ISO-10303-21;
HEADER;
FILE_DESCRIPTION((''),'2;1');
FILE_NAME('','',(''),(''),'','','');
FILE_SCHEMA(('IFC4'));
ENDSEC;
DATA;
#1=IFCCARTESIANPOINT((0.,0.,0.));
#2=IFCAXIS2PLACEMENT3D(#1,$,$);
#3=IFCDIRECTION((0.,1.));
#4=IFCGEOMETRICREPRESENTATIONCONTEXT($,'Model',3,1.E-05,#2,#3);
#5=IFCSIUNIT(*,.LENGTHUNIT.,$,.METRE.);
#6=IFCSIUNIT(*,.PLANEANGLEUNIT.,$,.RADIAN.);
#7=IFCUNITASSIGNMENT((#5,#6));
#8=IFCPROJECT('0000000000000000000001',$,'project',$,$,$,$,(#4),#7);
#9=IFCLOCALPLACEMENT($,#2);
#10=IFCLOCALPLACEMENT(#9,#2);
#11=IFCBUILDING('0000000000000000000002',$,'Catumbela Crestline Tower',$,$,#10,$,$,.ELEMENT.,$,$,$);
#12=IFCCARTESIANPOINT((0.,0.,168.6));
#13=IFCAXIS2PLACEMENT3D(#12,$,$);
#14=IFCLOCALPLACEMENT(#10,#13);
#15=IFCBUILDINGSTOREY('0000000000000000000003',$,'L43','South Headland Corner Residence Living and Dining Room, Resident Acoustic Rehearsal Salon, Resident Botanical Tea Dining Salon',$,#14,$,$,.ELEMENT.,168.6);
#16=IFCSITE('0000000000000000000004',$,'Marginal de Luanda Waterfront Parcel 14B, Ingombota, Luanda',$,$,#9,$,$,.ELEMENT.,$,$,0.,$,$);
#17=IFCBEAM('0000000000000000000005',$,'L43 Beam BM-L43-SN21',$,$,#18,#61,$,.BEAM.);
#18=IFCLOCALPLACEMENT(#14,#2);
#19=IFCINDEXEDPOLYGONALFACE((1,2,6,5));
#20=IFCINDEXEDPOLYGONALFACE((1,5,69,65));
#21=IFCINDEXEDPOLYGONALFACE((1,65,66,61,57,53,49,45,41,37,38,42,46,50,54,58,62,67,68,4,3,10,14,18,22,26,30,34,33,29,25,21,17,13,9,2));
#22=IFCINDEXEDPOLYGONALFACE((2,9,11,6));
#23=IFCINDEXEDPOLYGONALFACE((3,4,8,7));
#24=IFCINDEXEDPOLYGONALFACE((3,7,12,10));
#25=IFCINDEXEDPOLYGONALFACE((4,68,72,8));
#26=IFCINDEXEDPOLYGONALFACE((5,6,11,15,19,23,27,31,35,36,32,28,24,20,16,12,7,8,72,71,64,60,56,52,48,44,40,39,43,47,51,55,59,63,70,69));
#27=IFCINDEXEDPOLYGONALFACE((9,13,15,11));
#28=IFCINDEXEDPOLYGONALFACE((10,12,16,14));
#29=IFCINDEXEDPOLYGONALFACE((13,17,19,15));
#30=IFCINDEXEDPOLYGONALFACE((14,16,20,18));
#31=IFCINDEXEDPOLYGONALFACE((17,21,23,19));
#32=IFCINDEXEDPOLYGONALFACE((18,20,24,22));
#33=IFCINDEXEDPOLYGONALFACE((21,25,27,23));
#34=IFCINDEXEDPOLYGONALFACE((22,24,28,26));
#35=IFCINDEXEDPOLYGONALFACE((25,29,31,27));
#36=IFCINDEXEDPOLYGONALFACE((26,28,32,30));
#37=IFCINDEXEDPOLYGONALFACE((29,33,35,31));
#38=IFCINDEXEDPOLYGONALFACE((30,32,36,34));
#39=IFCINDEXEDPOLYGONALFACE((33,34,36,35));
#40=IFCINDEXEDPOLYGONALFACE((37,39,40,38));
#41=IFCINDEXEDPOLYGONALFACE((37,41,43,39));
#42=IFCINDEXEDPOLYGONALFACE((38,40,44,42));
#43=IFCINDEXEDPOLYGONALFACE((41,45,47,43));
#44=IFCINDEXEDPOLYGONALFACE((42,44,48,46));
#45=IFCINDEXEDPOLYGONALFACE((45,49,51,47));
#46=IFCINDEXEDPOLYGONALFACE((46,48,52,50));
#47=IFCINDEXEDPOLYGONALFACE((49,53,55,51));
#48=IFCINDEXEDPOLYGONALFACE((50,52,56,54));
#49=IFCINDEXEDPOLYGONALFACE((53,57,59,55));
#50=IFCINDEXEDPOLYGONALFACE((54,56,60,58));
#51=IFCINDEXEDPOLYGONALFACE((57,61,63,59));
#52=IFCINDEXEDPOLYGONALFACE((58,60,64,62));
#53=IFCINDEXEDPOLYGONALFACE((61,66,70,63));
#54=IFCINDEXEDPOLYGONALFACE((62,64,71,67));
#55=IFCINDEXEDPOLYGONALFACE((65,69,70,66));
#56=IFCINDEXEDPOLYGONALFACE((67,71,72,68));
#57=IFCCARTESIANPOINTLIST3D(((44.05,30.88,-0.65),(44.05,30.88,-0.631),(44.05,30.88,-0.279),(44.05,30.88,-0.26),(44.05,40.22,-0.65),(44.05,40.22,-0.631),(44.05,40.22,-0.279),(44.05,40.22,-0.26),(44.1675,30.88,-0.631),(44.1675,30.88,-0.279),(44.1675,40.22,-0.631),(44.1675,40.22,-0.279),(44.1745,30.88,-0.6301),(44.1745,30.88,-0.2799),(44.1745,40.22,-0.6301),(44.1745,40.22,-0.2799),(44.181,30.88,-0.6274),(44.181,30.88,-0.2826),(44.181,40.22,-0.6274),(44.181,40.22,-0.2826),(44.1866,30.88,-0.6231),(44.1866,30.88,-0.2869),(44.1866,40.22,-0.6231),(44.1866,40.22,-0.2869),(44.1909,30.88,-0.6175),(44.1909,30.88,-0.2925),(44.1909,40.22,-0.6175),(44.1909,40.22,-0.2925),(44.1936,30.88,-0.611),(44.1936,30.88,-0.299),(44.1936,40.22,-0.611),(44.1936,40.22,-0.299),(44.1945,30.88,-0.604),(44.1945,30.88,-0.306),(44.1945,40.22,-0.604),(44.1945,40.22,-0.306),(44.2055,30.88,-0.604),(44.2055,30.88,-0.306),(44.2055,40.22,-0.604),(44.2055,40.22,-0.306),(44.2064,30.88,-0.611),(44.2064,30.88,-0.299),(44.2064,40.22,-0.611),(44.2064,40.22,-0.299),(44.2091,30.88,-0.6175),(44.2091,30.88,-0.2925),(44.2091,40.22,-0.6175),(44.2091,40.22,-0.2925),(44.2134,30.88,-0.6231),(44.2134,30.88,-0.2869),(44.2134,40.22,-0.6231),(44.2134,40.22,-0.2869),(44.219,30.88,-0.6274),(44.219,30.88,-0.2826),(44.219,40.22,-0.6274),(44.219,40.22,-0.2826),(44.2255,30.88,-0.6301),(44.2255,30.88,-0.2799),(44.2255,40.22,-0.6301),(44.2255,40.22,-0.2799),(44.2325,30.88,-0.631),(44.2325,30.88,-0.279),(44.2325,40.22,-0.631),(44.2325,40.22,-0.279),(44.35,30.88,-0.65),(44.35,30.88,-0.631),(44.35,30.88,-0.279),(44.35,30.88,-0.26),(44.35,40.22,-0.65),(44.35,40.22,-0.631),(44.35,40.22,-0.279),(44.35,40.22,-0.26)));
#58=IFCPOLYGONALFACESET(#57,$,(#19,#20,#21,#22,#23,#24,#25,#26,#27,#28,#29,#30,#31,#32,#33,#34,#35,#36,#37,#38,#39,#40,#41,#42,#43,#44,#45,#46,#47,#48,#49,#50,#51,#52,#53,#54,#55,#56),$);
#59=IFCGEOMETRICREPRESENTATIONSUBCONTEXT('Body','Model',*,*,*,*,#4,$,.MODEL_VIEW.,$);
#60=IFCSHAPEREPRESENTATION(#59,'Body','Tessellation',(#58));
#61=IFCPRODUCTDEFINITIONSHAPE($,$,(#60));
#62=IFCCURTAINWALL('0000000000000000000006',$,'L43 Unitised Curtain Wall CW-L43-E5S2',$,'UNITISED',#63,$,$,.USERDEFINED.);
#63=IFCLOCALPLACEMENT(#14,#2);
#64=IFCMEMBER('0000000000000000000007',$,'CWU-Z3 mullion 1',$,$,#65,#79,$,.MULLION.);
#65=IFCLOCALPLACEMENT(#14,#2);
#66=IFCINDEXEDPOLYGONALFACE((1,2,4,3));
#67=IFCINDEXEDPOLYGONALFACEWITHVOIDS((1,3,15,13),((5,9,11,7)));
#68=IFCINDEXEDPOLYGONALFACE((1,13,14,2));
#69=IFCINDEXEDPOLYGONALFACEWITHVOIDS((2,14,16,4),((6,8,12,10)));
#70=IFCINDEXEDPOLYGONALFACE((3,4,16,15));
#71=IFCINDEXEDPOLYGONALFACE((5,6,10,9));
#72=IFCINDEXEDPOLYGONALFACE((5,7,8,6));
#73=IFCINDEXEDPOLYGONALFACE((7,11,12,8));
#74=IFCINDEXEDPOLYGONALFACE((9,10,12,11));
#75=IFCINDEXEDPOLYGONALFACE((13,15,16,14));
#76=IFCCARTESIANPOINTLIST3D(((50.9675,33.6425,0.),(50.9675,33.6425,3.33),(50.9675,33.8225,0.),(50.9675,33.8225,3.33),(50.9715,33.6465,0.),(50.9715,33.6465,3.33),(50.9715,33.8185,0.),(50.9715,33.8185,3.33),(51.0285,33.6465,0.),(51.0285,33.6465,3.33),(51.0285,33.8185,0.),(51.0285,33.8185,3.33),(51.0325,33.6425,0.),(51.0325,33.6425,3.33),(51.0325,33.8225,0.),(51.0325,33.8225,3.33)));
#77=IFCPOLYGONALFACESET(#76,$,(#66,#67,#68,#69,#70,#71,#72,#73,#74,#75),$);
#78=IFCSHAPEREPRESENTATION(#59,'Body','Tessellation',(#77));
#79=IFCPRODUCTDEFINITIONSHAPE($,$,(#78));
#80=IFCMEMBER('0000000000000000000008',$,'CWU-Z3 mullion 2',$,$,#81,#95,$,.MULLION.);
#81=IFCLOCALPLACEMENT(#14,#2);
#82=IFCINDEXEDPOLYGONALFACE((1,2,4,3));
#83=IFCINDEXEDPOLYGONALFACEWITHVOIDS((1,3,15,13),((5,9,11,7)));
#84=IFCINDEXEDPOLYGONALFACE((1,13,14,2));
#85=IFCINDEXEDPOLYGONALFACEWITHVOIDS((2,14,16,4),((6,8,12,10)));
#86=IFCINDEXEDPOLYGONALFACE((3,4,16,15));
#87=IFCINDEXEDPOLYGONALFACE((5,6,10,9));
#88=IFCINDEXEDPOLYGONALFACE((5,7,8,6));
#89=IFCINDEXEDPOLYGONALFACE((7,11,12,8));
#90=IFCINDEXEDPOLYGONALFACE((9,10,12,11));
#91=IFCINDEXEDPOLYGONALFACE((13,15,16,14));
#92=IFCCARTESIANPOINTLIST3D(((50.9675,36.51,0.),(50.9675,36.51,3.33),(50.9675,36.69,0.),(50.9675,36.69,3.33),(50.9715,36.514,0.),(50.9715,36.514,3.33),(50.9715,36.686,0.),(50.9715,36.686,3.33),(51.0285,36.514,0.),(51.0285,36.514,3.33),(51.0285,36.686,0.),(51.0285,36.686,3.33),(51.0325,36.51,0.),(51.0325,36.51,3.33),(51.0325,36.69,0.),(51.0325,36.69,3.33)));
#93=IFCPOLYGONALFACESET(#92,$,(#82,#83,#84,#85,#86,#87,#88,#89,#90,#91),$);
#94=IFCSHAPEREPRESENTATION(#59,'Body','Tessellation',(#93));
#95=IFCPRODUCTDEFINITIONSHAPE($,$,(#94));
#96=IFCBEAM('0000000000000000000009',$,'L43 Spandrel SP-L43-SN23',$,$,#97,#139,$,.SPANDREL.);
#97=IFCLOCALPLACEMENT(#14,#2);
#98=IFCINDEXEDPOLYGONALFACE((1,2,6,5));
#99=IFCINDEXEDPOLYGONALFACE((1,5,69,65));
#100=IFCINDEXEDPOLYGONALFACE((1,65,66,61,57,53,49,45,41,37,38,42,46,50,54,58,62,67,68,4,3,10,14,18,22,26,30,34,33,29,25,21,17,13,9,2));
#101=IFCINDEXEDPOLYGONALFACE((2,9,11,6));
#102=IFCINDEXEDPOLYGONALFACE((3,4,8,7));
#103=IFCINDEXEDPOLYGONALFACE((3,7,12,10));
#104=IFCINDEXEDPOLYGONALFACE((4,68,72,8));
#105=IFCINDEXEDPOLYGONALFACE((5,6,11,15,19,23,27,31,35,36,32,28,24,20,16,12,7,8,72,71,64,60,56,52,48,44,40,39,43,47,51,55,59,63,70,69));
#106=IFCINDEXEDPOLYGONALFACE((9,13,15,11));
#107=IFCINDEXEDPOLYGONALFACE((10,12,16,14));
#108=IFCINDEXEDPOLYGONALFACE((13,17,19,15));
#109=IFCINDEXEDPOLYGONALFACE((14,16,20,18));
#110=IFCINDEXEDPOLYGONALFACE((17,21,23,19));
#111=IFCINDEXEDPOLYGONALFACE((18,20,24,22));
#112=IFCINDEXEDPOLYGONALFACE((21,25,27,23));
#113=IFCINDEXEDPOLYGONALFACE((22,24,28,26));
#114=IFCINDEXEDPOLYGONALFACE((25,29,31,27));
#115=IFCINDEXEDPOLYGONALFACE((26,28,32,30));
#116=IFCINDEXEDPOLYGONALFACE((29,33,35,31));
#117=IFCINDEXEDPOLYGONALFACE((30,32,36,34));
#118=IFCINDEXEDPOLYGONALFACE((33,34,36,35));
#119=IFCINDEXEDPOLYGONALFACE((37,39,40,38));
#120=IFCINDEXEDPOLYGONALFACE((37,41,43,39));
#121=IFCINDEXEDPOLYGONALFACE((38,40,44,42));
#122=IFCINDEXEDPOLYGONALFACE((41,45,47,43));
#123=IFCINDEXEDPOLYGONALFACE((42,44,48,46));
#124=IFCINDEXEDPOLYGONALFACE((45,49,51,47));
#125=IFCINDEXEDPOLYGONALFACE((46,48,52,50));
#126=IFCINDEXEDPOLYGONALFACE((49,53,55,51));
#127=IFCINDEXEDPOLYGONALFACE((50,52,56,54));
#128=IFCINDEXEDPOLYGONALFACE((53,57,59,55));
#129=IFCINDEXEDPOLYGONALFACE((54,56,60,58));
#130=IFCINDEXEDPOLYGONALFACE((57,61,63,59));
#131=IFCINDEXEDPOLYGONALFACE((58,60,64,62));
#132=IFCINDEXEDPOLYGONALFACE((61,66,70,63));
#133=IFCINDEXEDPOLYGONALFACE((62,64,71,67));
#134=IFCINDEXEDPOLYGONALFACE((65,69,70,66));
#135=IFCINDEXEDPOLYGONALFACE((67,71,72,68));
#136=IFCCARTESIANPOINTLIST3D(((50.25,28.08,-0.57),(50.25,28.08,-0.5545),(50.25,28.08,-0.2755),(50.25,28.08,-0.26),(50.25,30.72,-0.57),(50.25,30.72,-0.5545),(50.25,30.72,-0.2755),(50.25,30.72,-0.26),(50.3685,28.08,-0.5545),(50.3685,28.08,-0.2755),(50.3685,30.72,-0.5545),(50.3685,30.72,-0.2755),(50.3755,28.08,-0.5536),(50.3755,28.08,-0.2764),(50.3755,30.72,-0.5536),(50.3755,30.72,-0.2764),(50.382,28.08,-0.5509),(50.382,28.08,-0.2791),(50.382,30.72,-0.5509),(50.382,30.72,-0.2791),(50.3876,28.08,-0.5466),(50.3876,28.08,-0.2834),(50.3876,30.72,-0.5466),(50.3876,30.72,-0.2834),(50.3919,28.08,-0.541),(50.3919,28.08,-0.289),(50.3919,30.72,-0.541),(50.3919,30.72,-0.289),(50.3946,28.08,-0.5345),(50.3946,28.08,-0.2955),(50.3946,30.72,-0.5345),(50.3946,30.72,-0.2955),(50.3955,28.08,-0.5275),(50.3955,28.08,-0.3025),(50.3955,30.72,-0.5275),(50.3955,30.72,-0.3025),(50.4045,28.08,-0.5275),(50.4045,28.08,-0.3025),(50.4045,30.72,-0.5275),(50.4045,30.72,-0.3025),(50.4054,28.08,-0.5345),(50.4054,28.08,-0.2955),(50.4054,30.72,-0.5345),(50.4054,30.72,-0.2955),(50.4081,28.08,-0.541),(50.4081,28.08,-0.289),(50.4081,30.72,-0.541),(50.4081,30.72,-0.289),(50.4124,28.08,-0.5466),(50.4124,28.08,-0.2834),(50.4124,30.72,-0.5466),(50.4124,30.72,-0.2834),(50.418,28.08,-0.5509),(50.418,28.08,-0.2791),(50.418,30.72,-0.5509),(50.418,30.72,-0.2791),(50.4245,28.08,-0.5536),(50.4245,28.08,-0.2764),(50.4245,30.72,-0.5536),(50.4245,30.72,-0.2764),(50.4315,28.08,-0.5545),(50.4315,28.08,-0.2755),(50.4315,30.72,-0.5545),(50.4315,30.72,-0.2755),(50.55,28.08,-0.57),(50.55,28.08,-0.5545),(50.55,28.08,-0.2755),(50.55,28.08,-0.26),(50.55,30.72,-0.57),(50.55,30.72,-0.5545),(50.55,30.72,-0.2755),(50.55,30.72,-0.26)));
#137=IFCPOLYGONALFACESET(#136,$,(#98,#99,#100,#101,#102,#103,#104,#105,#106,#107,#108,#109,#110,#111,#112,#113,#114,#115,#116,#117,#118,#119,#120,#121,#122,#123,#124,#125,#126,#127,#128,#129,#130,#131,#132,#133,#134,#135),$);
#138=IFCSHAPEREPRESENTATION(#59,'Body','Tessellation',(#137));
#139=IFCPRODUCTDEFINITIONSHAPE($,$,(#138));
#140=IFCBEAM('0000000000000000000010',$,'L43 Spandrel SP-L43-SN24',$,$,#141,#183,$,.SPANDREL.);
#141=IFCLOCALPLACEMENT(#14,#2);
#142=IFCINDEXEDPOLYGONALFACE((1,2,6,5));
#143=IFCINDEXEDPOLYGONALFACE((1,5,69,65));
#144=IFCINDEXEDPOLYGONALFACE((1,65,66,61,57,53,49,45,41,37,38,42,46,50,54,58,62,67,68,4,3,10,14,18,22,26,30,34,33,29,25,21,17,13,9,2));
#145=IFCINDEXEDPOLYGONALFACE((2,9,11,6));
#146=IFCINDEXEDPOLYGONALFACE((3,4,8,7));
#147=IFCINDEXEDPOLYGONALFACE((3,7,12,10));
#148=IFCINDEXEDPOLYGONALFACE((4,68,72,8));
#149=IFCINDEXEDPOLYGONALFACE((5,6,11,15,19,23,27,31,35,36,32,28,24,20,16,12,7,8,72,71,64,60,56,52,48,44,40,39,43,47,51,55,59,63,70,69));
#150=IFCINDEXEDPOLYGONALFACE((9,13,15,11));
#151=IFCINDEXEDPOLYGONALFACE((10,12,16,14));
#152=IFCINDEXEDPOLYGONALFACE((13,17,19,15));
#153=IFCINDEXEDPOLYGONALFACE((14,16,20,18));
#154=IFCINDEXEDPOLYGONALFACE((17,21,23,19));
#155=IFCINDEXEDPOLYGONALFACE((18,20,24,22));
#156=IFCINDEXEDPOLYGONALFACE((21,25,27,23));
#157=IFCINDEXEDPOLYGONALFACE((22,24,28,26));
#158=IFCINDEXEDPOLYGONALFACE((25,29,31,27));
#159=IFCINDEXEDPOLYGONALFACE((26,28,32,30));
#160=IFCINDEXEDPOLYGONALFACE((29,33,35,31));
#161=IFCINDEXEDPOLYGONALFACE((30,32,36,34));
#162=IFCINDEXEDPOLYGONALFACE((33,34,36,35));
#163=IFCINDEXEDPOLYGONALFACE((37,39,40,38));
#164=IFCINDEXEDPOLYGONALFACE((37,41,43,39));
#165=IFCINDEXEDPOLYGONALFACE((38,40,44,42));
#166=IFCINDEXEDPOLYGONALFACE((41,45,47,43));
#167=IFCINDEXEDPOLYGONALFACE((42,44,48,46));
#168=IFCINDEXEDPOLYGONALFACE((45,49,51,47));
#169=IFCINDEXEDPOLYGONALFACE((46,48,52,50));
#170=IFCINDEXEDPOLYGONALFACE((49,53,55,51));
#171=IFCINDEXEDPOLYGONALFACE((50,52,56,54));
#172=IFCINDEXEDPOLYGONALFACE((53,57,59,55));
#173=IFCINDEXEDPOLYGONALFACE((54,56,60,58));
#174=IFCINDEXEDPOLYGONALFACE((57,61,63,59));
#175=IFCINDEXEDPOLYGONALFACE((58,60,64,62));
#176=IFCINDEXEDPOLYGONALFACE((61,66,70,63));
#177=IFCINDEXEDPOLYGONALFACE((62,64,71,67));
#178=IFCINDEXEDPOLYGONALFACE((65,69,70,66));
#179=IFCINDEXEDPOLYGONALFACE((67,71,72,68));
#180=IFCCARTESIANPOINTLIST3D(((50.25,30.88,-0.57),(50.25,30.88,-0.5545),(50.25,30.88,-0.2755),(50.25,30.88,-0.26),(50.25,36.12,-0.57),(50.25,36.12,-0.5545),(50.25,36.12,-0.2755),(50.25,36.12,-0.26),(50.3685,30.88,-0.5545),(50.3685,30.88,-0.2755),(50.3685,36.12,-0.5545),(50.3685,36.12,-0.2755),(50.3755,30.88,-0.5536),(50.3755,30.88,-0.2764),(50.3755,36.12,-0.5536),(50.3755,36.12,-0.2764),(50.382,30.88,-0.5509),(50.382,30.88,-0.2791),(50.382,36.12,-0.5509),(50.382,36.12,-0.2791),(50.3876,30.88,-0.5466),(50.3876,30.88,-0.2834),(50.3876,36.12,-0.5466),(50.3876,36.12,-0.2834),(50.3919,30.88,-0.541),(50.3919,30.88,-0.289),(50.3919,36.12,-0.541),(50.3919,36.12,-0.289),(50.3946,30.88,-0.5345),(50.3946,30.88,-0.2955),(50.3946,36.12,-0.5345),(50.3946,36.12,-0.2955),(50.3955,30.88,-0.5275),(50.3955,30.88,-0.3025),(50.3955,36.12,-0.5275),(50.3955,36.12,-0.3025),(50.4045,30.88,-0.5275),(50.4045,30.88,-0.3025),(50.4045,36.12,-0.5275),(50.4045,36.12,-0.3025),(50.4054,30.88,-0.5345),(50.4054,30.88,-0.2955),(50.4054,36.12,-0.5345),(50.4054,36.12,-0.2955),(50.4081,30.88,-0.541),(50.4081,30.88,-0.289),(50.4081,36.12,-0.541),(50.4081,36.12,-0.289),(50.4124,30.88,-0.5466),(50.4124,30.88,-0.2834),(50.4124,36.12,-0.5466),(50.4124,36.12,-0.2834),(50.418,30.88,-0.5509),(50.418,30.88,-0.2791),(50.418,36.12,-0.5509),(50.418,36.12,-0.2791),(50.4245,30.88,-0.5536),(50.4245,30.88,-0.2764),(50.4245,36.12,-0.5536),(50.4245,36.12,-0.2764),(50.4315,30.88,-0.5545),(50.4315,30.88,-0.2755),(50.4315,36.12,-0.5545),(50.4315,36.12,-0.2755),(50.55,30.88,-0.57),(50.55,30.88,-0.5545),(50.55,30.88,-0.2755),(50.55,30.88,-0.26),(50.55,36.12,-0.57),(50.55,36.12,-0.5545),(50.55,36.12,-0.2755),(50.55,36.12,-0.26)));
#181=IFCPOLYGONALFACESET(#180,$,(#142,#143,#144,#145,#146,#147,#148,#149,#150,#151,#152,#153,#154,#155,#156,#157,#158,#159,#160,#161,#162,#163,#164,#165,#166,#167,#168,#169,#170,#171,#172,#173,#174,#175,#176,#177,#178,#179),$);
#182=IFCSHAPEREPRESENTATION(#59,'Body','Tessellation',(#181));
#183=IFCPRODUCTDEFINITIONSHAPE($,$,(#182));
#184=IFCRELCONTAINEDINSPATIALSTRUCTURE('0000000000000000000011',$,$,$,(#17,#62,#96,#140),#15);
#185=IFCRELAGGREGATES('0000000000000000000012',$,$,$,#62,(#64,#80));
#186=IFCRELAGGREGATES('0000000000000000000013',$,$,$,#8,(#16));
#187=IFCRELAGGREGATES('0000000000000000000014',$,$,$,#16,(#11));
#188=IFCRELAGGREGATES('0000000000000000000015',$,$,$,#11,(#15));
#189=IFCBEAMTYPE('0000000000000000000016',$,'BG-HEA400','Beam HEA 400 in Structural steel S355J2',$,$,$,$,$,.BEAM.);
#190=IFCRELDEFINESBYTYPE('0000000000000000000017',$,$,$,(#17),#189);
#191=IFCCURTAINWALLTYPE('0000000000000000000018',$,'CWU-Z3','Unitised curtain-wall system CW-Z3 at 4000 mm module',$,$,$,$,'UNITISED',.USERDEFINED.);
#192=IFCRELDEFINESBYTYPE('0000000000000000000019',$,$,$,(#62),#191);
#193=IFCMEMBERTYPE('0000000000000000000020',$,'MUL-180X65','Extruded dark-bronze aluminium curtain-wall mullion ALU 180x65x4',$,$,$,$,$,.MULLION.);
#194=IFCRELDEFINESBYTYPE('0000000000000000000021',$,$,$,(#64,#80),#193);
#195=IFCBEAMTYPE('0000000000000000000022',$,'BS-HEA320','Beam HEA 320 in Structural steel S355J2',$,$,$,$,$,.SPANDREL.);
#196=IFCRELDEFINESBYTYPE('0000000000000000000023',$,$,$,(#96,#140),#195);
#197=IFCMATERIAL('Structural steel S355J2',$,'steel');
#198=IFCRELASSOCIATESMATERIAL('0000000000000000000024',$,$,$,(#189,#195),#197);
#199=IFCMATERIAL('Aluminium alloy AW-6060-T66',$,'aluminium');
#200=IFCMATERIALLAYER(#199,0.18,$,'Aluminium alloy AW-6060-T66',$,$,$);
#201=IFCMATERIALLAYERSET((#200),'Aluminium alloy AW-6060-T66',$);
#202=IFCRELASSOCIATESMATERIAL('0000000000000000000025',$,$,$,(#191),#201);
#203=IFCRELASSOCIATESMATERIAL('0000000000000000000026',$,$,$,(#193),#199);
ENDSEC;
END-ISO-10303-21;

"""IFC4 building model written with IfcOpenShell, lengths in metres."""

from ifc_helpers import new_model, si_unit, direction, frame, origin, origin_2d, place, context, subcontext, project, spatial, hollow_rectangle, i_section, extrude, material, layer, layer_set, material_profile, profile_set, type_object, element, aggregate, save


model = new_model("IFC4")

# Units and contexts
model_context = context("Model", 3, precision=1e-05, world=origin(), true_north=direction((0.0, 1.0)))
body_context = subcontext(model_context, "Body", "Model", "MODEL_VIEW")
ifc_project = project(units=[si_unit("LENGTHUNIT", "METRE"), si_unit("PLANEANGLEUNIT", "RADIAN")], contexts=[model_context])

# Site, building, storey
site_placement = place(None, origin())
site = spatial("IfcSite", under=ifc_project, at=site_placement, Name="Marginal de Luanda Waterfront Parcel 14B, Ingombota, Luanda", CompositionType="ELEMENT", RefElevation=0.0)
building_placement = place(site_placement, origin())
building = spatial("IfcBuilding", under=site, at=building_placement, Name="Catumbela Crestline Tower", CompositionType="ELEMENT")
storey_placement = place(building_placement, frame((0.0, 0.0, 168.6)))
storey = spatial("IfcBuildingStorey", under=building, at=storey_placement, Name="L43", Description="South Headland Corner Residence Living and Dining Room, Resident Acoustic Rehearsal Salon, Resident Botanical Tea Dining Salon", CompositionType="ELEMENT", Elevation=168.6)

# Shared definitions
ifc_material_1 = material(Name="Structural steel S355J2", Category="steel")

# Beam
ifc_material_profile_1 = material_profile(ifc_material_1, i_section(OverallWidth=0.3, OverallDepth=0.39, WebThickness=0.011, FlangeThickness=0.019, FilletRadius=0.027, at=origin_2d()), Name="HEA 400")
ifc_profile_set_1 = profile_set([ifc_material_profile_1], Name="Structural steel S355J2")
beam_type_1 = type_object("IfcBeamType", Name="BG-HEA400", Description="Beam HEA 400 in Structural steel S355J2", PredefinedType="BEAM", material=ifc_profile_set_1)
beam_1_placement = place(storey_placement, frame((44.2, 30.88, -0.455), z_axis=(0.0, 1.0, 0.0), x_axis=(-1.0, 0.0, 0.0)))
element("IfcBeam", 1, at=beam_1_placement, inside=storey, type_object=beam_type_1, Name="L43 Beam BM-L43-SN21", PredefinedType="BEAM", context=body_context, shape_type="SweptSolid", body=[
    extrude(i_section(OverallWidth=0.3, OverallDepth=0.39, WebThickness=0.011, FlangeThickness=0.019, FilletRadius=0.027, at=origin_2d()), origin(), (0.0, 0.0, 1.0), 9.34),
])

# Curtain wall, members
ifc_material_2 = material(Name="Aluminium alloy AW-6060-T66", Category="aluminium")
ifc_layer_1 = layer(ifc_material_2, 0.18, Name="Aluminium alloy AW-6060-T66")
ifc_layer_set_1 = layer_set([ifc_layer_1], Name="Aluminium alloy AW-6060-T66")
curtain_wall_type = type_object("IfcCurtainWallType", Name="CWU-Z3", Description="Unitised curtain-wall system CW-Z3 at 4000 mm module", ElementType="UNITISED", PredefinedType="USERDEFINED", material=ifc_layer_set_1)
curtain_wall_placement = place(storey_placement, origin())
curtain_wall = element("IfcCurtainWall", 2, at=curtain_wall_placement, inside=storey, type_object=curtain_wall_type, Name="L43 Unitised Curtain Wall CW-L43-E5S2", ObjectType="UNITISED", PredefinedType="USERDEFINED")
ifc_material_profile_2 = material_profile(ifc_material_2, hollow_rectangle(XDim=0.065, YDim=0.18, WallThickness=0.004, at=origin_2d()), Name="ALU 180x65x4")
ifc_profile_set_2 = profile_set([ifc_material_profile_2], Name="Aluminium alloy AW-6060-T66")
member_type_1 = type_object("IfcMemberType", Name="MUL-180X65", Description="Extruded dark-bronze aluminium curtain-wall mullion ALU 180x65x4", PredefinedType="MULLION", material=ifc_profile_set_2)
member_1_placement = place(storey_placement, frame((51.0, 33.7325, 0.0), z_axis=(0.0, 0.0, 1.0), x_axis=(-1.0, 0.0, 0.0)))
member_1 = element("IfcMember", 3, at=member_1_placement, type_object=member_type_1, Name="CWU-Z3 mullion 1", PredefinedType="MULLION", context=body_context, shape_type="SweptSolid", body=[
    extrude(hollow_rectangle(XDim=0.065, YDim=0.18, WallThickness=0.004, at=origin_2d()), origin(), (0.0, 0.0, 1.0), 3.33),
])
member_2_placement = place(storey_placement, frame((51.0, 36.6, 0.0), z_axis=(0.0, 0.0, 1.0), x_axis=(-1.0, 0.0, 0.0)))
member_2 = element("IfcMember", 4, at=member_2_placement, type_object=member_type_1, Name="CWU-Z3 mullion 2", PredefinedType="MULLION", context=body_context, shape_type="SweptSolid", body=[
    extrude(hollow_rectangle(XDim=0.065, YDim=0.18, WallThickness=0.004, at=origin_2d()), origin(), (0.0, 0.0, 1.0), 3.33),
])

# Beams
ifc_material_profile_3 = material_profile(ifc_material_1, i_section(OverallWidth=0.3, OverallDepth=0.31, WebThickness=0.009, FlangeThickness=0.0155, FilletRadius=0.027, at=origin_2d()), Name="HEA 320")
ifc_profile_set_3 = profile_set([ifc_material_profile_3], Name="Structural steel S355J2")
beam_type_2 = type_object("IfcBeamType", Name="BS-HEA320", Description="Beam HEA 320 in Structural steel S355J2", PredefinedType="SPANDREL", material=ifc_profile_set_3)
beam_2_placement = place(storey_placement, frame((50.4, 28.08, -0.415), z_axis=(0.0, 1.0, 0.0), x_axis=(-1.0, 0.0, 0.0)))
element("IfcBeam", 5, at=beam_2_placement, inside=storey, type_object=beam_type_2, Name="L43 Spandrel SP-L43-SN23", PredefinedType="SPANDREL", context=body_context, shape_type="SweptSolid", body=[
    extrude(i_section(OverallWidth=0.3, OverallDepth=0.31, WebThickness=0.009, FlangeThickness=0.0155, FilletRadius=0.027, at=origin_2d()), origin(), (0.0, 0.0, 1.0), 2.64),
])
beam_3_placement = place(storey_placement, frame((50.4, 30.88, -0.415), z_axis=(0.0, 1.0, 0.0), x_axis=(-1.0, 0.0, 0.0)))
element("IfcBeam", 6, at=beam_3_placement, inside=storey, type_object=beam_type_2, Name="L43 Spandrel SP-L43-SN24", PredefinedType="SPANDREL", context=body_context, shape_type="SweptSolid", body=[
    extrude(i_section(OverallWidth=0.3, OverallDepth=0.31, WebThickness=0.009, FlangeThickness=0.0155, FilletRadius=0.027, at=origin_2d()), origin(), (0.0, 0.0, 1.0), 5.24),
])

aggregate(curtain_wall, [member_1, member_2])

save(model, "model.ifc")
